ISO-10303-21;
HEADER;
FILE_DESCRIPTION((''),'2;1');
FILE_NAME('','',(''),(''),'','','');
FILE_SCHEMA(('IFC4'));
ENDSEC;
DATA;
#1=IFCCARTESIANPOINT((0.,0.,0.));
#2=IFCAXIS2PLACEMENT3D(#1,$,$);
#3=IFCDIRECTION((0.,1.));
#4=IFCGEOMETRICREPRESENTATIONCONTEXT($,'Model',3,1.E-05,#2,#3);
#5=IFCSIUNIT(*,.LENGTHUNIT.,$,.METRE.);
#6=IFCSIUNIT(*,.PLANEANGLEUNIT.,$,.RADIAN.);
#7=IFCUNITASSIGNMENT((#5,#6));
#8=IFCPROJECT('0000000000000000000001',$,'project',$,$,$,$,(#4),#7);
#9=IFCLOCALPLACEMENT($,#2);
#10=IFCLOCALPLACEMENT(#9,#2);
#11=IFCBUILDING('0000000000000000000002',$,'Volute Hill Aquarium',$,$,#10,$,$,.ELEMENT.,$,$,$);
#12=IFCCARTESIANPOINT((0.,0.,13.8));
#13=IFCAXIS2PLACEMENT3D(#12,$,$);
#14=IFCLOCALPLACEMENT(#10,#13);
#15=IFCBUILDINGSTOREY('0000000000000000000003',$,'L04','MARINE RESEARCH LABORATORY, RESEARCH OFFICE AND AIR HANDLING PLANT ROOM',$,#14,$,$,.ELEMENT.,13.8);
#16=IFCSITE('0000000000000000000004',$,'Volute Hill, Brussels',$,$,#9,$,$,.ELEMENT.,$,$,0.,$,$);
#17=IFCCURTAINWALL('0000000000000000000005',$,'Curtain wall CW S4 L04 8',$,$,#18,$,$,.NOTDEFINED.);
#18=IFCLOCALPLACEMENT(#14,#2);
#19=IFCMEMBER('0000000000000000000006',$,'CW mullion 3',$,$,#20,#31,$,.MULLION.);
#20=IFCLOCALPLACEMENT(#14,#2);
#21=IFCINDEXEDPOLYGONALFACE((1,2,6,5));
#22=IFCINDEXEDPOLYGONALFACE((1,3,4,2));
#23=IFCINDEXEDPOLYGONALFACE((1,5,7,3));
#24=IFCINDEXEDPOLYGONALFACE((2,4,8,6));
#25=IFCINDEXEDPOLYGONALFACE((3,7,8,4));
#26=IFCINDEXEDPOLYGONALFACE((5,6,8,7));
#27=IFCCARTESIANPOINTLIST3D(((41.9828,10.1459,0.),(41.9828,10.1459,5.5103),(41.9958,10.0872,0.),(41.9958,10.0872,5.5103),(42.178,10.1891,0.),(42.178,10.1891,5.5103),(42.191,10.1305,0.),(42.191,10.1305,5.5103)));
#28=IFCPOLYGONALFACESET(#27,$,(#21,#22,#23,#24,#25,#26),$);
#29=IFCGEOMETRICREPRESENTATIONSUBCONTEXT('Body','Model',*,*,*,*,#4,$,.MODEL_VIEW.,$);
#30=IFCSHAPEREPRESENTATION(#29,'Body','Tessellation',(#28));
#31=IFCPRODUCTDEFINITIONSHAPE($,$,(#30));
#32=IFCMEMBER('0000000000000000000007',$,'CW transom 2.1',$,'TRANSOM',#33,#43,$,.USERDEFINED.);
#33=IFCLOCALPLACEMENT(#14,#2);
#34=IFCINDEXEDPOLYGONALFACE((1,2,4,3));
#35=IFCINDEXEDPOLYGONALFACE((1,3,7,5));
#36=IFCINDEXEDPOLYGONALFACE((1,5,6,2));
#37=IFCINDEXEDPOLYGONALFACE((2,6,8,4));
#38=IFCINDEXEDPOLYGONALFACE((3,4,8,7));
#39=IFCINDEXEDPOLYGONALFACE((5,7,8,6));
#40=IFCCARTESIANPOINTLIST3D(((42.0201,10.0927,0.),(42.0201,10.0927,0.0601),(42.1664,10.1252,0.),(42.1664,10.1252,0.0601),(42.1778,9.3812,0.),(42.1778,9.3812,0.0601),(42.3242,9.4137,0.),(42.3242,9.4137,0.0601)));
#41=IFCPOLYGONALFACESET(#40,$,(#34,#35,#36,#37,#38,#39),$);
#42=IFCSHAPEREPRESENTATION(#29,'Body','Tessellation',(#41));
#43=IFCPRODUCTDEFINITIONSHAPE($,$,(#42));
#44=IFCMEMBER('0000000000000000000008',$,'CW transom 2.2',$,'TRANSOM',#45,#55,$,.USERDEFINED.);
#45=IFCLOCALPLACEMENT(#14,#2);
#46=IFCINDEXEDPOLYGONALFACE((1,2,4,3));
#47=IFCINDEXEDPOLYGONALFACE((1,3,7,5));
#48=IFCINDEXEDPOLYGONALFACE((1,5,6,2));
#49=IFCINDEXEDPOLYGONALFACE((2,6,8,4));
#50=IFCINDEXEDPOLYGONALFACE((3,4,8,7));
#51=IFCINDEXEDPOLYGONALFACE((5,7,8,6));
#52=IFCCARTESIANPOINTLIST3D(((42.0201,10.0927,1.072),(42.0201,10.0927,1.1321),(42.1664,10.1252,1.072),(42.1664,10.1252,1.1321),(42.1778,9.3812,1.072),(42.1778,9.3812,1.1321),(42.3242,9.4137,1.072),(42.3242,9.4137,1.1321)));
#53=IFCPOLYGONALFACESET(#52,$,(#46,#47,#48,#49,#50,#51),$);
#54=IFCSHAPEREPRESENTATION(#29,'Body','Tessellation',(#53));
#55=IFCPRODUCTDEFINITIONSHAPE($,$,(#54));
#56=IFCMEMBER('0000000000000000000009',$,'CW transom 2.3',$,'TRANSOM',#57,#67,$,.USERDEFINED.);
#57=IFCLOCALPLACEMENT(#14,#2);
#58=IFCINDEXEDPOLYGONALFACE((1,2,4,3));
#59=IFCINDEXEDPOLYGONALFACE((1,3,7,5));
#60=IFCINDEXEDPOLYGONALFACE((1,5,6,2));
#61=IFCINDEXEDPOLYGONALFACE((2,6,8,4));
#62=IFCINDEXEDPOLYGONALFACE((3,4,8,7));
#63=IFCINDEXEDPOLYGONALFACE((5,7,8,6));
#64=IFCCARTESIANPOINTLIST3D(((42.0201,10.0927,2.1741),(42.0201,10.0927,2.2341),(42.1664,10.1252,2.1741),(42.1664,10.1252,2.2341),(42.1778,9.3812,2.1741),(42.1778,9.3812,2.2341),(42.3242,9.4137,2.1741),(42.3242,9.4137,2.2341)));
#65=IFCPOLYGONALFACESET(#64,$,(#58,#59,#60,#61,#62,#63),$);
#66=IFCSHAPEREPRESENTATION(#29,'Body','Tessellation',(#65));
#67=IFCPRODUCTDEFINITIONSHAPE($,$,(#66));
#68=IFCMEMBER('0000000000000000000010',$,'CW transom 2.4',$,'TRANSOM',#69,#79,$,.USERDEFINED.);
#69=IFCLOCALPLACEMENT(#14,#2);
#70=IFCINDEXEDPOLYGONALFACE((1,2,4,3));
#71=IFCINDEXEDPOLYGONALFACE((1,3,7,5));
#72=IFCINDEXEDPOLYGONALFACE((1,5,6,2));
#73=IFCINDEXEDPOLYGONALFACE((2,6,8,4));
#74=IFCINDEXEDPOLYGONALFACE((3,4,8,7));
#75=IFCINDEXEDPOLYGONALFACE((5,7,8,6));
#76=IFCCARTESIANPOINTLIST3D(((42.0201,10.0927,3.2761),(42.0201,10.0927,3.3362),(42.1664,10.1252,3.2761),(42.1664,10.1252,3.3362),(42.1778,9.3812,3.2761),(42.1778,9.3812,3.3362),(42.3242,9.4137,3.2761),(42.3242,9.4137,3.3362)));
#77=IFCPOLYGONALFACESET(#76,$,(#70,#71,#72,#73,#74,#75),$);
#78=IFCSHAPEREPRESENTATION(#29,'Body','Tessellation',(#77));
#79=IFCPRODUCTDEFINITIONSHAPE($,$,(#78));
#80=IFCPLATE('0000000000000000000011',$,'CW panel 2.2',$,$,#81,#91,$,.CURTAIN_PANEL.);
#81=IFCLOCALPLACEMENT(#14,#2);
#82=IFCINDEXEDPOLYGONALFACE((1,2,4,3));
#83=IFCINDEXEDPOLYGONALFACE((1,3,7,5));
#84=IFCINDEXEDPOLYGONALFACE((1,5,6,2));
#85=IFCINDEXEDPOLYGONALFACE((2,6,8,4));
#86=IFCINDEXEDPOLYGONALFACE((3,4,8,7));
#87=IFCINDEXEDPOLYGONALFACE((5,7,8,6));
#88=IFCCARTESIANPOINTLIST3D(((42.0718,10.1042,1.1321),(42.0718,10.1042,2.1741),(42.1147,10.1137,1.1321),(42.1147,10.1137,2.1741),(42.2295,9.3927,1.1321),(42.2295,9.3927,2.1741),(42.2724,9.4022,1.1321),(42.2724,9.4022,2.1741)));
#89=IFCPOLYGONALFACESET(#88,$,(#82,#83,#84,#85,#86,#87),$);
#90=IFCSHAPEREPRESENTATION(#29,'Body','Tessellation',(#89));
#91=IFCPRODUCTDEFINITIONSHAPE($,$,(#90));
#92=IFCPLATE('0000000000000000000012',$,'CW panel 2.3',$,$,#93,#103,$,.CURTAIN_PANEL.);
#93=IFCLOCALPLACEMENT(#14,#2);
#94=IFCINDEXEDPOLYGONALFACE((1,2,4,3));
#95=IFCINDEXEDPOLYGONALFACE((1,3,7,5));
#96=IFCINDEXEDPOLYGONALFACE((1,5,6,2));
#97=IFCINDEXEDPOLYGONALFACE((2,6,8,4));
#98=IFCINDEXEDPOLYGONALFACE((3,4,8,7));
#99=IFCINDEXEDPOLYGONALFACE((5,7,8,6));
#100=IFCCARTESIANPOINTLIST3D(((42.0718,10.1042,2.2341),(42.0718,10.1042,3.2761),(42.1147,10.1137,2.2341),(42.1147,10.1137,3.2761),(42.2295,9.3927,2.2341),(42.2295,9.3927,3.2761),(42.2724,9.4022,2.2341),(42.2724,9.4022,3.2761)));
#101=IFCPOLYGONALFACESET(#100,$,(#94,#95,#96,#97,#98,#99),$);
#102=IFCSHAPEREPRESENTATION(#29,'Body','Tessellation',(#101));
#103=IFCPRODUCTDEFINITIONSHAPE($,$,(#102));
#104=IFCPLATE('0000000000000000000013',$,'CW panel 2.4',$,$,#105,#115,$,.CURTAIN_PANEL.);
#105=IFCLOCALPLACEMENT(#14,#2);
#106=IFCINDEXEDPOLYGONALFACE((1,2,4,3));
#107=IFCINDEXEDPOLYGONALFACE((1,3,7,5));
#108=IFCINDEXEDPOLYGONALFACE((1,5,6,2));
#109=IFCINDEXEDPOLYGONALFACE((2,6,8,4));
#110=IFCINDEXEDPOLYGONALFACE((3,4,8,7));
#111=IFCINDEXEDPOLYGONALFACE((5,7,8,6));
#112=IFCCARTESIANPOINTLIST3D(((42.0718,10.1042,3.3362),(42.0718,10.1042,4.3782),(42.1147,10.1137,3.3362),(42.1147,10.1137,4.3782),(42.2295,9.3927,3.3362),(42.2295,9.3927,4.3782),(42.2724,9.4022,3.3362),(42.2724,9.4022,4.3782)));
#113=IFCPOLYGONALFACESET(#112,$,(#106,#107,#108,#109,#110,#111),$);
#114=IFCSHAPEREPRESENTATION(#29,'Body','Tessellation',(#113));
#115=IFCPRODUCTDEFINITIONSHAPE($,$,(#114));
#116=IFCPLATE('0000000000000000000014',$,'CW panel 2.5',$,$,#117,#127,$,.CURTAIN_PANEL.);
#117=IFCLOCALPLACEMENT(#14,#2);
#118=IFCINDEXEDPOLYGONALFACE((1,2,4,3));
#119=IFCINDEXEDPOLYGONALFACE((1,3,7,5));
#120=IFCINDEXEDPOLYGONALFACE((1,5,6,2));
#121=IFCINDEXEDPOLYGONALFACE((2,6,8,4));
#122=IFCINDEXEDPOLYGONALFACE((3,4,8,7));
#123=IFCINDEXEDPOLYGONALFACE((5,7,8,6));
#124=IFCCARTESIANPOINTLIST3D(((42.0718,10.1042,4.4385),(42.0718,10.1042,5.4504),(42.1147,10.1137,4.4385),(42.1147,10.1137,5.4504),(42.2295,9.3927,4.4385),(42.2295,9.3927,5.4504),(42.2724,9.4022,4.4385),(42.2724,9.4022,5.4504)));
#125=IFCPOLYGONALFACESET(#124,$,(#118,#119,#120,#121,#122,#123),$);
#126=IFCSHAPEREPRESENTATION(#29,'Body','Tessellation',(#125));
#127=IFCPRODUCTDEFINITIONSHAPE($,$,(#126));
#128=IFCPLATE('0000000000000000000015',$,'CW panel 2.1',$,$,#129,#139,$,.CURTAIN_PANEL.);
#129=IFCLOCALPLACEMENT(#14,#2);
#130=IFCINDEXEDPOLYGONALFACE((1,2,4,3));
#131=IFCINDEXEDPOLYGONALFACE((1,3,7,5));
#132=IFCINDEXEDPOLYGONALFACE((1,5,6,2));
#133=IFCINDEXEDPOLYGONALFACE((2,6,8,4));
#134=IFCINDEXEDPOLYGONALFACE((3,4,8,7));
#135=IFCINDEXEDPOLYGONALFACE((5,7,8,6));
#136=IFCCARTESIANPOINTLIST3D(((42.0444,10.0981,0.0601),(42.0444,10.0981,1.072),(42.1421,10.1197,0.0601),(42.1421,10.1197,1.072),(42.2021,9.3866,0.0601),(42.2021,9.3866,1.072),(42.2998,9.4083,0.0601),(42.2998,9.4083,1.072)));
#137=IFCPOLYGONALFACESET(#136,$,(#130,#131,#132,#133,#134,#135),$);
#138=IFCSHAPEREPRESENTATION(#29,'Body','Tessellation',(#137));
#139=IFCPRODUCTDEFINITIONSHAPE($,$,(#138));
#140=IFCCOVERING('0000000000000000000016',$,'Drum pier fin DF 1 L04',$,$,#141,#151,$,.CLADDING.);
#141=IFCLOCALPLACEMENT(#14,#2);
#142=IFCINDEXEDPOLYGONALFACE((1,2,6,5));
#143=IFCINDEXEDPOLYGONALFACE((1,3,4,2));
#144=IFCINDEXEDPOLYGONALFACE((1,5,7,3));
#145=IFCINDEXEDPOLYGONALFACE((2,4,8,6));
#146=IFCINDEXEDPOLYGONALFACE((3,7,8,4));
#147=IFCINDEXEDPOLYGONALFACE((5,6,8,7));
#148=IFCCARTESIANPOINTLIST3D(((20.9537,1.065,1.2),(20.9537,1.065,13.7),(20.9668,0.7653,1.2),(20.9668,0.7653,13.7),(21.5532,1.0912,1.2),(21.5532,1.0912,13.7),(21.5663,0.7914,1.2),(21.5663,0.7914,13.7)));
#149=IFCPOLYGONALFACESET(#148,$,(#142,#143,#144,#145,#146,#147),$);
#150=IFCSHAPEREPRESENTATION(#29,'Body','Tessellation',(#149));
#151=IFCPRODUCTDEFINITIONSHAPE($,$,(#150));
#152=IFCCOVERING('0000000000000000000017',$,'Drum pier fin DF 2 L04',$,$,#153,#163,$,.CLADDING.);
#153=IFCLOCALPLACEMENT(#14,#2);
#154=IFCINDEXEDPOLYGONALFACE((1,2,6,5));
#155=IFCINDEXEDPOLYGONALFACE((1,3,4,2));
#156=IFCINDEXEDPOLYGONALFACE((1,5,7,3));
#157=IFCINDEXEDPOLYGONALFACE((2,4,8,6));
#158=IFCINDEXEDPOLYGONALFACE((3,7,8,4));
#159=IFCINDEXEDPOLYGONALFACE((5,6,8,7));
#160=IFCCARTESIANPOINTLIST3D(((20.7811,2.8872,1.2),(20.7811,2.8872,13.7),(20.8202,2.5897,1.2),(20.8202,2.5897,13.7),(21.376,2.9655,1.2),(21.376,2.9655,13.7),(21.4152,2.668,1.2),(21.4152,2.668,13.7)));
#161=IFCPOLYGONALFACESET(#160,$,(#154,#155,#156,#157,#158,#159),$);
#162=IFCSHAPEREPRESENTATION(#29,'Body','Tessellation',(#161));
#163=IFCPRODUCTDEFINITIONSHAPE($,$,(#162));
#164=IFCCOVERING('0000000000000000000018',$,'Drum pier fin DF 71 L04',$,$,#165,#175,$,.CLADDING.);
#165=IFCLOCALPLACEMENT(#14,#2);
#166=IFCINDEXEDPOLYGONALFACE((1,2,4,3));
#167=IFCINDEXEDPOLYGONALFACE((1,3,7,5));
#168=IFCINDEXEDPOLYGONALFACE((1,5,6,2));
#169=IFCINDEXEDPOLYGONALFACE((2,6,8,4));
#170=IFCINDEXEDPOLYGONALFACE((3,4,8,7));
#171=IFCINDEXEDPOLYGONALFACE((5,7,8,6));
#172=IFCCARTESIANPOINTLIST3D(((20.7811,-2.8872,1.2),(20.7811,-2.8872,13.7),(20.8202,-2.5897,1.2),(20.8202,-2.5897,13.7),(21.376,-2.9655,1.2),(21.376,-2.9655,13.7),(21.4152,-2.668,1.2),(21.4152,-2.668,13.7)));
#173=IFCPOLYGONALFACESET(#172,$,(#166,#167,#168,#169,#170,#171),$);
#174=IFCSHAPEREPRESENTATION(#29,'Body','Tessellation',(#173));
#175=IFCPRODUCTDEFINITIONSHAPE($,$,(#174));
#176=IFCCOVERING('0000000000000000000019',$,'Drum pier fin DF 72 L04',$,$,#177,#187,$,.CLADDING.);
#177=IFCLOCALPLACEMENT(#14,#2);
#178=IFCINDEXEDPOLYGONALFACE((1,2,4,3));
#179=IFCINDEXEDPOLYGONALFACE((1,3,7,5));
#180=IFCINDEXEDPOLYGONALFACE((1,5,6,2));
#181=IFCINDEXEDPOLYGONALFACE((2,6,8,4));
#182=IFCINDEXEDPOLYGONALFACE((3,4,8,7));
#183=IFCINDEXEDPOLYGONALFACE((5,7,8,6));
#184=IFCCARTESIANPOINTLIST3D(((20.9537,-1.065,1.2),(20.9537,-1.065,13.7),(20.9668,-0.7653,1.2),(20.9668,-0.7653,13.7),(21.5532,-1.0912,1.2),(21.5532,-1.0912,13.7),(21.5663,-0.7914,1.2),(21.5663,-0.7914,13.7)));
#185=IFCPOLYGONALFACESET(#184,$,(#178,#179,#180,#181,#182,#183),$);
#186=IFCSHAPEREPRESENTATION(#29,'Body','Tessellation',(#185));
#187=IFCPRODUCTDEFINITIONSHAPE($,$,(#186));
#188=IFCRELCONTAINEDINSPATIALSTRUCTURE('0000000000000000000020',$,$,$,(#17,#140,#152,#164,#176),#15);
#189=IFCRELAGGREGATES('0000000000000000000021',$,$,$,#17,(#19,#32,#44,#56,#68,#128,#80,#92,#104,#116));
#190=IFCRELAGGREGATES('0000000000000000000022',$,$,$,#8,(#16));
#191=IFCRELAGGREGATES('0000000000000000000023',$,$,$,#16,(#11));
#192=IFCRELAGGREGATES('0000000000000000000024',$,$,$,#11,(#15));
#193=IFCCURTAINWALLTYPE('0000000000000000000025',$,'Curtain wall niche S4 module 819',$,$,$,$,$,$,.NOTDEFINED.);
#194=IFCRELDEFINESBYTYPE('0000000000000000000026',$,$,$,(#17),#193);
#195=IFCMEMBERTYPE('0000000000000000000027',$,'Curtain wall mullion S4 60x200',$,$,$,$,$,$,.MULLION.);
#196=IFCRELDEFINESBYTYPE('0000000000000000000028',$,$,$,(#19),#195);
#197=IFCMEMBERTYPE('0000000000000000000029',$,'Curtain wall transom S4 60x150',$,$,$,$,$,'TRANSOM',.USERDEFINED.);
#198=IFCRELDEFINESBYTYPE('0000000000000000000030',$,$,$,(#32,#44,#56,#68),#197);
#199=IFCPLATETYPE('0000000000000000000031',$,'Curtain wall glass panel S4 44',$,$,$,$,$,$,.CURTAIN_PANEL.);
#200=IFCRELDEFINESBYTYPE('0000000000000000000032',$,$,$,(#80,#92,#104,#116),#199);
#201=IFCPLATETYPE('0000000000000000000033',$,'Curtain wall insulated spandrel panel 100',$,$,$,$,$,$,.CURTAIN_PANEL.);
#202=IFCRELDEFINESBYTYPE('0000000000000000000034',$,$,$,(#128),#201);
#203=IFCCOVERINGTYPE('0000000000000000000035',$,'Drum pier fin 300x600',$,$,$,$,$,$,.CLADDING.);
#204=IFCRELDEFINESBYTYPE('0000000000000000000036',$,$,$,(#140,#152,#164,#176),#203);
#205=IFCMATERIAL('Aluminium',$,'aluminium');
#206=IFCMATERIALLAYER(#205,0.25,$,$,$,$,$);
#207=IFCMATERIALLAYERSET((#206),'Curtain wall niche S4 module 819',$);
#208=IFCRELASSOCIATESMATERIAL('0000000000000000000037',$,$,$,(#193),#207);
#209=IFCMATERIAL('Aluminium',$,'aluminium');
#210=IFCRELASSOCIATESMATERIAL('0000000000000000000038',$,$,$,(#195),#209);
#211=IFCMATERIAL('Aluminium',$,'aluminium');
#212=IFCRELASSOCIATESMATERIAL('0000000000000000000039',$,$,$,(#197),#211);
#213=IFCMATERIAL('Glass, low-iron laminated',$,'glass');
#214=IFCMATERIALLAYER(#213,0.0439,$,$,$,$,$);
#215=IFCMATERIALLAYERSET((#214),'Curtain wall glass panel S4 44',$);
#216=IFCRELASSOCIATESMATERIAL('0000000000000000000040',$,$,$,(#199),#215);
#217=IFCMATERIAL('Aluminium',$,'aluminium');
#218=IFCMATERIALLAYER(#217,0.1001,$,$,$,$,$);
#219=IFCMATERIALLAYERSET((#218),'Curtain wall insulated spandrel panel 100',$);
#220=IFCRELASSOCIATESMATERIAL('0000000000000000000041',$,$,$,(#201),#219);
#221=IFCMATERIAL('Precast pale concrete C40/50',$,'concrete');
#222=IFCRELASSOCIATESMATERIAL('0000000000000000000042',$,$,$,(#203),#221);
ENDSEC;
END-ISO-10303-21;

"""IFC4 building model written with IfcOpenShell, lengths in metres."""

from ifc_helpers import new_model, si_unit, direction, frame, origin, origin_2d, place, context, subcontext, project, spatial, rectangle, extrude, material, layer, layer_set, material_profile, profile_set, type_object, element, aggregate, save


model = new_model("IFC4")

# Units and contexts
model_context = context("Model", 3, precision=1e-05, world=origin(), true_north=direction((0.0, 1.0)))
body_context = subcontext(model_context, "Body", "Model", "MODEL_VIEW")
ifc_project = project(units=[si_unit("LENGTHUNIT", "METRE"), si_unit("PLANEANGLEUNIT", "RADIAN")], contexts=[model_context])

# Site, building, storey
site_placement = place(None, origin())
site = spatial("IfcSite", under=ifc_project, at=site_placement, Name="Volute Hill, Brussels", CompositionType="ELEMENT", RefElevation=0.0)
building_placement = place(site_placement, origin())
building = spatial("IfcBuilding", under=site, at=building_placement, Name="Volute Hill Aquarium", CompositionType="ELEMENT")
storey_placement = place(building_placement, frame((0.0, 0.0, 13.8)))
storey = spatial("IfcBuildingStorey", under=building, at=storey_placement, Name="L04", Description="MARINE RESEARCH LABORATORY, RESEARCH OFFICE AND AIR HANDLING PLANT ROOM", CompositionType="ELEMENT", Elevation=13.8)

# Curtain wall, members, plates
ifc_material_1 = material(Name="Aluminium", Category="aluminium")
ifc_layer_1 = layer(ifc_material_1, 0.25)
ifc_layer_set_1 = layer_set([ifc_layer_1], Name="Curtain wall niche S4 module 819")
curtain_wall_type = type_object("IfcCurtainWallType", Name="Curtain wall niche S4 module 819", PredefinedType="NOTDEFINED", material=ifc_layer_set_1)
curtain_wall_placement = place(storey_placement, origin())
curtain_wall = element("IfcCurtainWall", 1, at=curtain_wall_placement, inside=storey, type_object=curtain_wall_type, Name="Curtain wall CW S4 L04 8", PredefinedType="NOTDEFINED")
ifc_material_2 = material(Name="Aluminium", Category="aluminium")
ifc_material_profile_1 = material_profile(ifc_material_2, rectangle(XDim=0.2, YDim=0.0601, at=origin_2d()), Name="Curtain wall mullion S4 60x200")
ifc_profile_set_1 = profile_set([ifc_material_profile_1], Name="Aluminium")
member_type_1 = type_object("IfcMemberType", Name="Curtain wall mullion S4 60x200", PredefinedType="MULLION", material=ifc_profile_set_1)
member_1_placement = place(storey_placement, frame((42.0869, 10.1382, 0.0), z_axis=(0.0, 0.0, 1.0), x_axis=(-0.976297, -0.216436, 0.0)))
member_1 = element("IfcMember", 2, at=member_1_placement, type_object=member_type_1, Name="CW mullion 3", PredefinedType="MULLION", context=body_context, shape_type="SweptSolid", body=[
    extrude(rectangle(XDim=0.2, YDim=0.0601, at=origin_2d()), origin(), (0.0, 0.0, 1.0), 5.5103),
])
ifc_material_3 = material(Name="Aluminium", Category="aluminium")
ifc_material_profile_2 = material_profile(ifc_material_3, rectangle(XDim=0.1499, YDim=0.0601, at=origin_2d()), Name="Curtain wall transom S4 60x150")
ifc_profile_set_2 = profile_set([ifc_material_profile_2], Name="Aluminium")
member_type_2 = type_object("IfcMemberType", Name="Curtain wall transom S4 60x150", ElementType="TRANSOM", PredefinedType="USERDEFINED", material=ifc_profile_set_2)
member_2_placement = place(storey_placement, frame((42.251, 9.3975, 0.03), z_axis=(-0.216434, 0.976297, 0.0), x_axis=(-0.976297, -0.216434, 0.0)))
member_2 = element("IfcMember", 3, at=member_2_placement, type_object=member_type_2, Name="CW transom 2.1", ObjectType="TRANSOM", PredefinedType="USERDEFINED", context=body_context, shape_type="SweptSolid", body=[
    extrude(rectangle(XDim=0.1499, YDim=0.0601, at=origin_2d()), origin(), (0.0, 0.0, 1.0), 0.7288),
])
member_3_placement = place(storey_placement, frame((42.251, 9.3975, 1.1021), z_axis=(-0.216434, 0.976297, 0.0), x_axis=(-0.976297, -0.216434, 0.0)))
member_3 = element("IfcMember", 4, at=member_3_placement, type_object=member_type_2, Name="CW transom 2.2", ObjectType="TRANSOM", PredefinedType="USERDEFINED", context=body_context, shape_type="SweptSolid", body=[
    extrude(rectangle(XDim=0.1499, YDim=0.0601, at=origin_2d()), origin(), (0.0, 0.0, 1.0), 0.7288),
])
member_4_placement = place(storey_placement, frame((42.251, 9.3975, 2.2041), z_axis=(-0.216434, 0.976297, 0.0), x_axis=(-0.976297, -0.216434, 0.0)))
member_4 = element("IfcMember", 5, at=member_4_placement, type_object=member_type_2, Name="CW transom 2.3", ObjectType="TRANSOM", PredefinedType="USERDEFINED", context=body_context, shape_type="SweptSolid", body=[
    extrude(rectangle(XDim=0.1499, YDim=0.0601, at=origin_2d()), origin(), (0.0, 0.0, 1.0), 0.7288),
])
member_5_placement = place(storey_placement, frame((42.251, 9.3975, 3.3062), z_axis=(-0.216434, 0.976297, 0.0), x_axis=(-0.976297, -0.216434, 0.0)))
member_5 = element("IfcMember", 6, at=member_5_placement, type_object=member_type_2, Name="CW transom 2.4", ObjectType="TRANSOM", PredefinedType="USERDEFINED", context=body_context, shape_type="SweptSolid", body=[
    extrude(rectangle(XDim=0.1499, YDim=0.0601, at=origin_2d()), origin(), (0.0, 0.0, 1.0), 0.7288),
])
ifc_material_4 = material(Name="Glass, low-iron laminated", Category="glass")
ifc_layer_2 = layer(ifc_material_4, 0.0439)
ifc_layer_set_2 = layer_set([ifc_layer_2], Name="Curtain wall glass panel S4 44")
plate_type_1 = type_object("IfcPlateType", Name="Curtain wall glass panel S4 44", PredefinedType="CURTAIN_PANEL", material=ifc_layer_set_2)
plate_1_placement = place(storey_placement, frame((42.1721, 9.7532, 1.1321), z_axis=(0.0, 0.0, 1.0), x_axis=(-0.216436, 0.976297, 0.0)))
plate_1 = element("IfcPlate", 7, at=plate_1_placement, type_object=plate_type_1, Name="CW panel 2.2", PredefinedType="CURTAIN_PANEL", context=body_context, shape_type="SweptSolid", body=[
    extrude(rectangle(XDim=0.7288, YDim=0.0439, at=origin_2d()), origin(), (0.0, 0.0, 1.0), 1.042),
])
plate_2_placement = place(storey_placement, frame((42.1721, 9.7532, 2.2341), z_axis=(0.0, 0.0, 1.0), x_axis=(-0.216436, 0.976297, 0.0)))
plate_2 = element("IfcPlate", 8, at=plate_2_placement, type_object=plate_type_1, Name="CW panel 2.3", PredefinedType="CURTAIN_PANEL", context=body_context, shape_type="SweptSolid", body=[
    extrude(rectangle(XDim=0.7288, YDim=0.0439, at=origin_2d()), origin(), (0.0, 0.0, 1.0), 1.042),
])
plate_3_placement = place(storey_placement, frame((42.1721, 9.7532, 3.3362), z_axis=(0.0, 0.0, 1.0), x_axis=(-0.216436, 0.976297, 0.0)))
plate_3 = element("IfcPlate", 9, at=plate_3_placement, type_object=plate_type_1, Name="CW panel 2.4", PredefinedType="CURTAIN_PANEL", context=body_context, shape_type="SweptSolid", body=[
    extrude(rectangle(XDim=0.7288, YDim=0.0439, at=origin_2d()), origin(), (0.0, 0.0, 1.0), 1.042),
])
plate_4_placement = place(storey_placement, frame((42.1721, 9.7532, 4.4385), z_axis=(0.0, 0.0, 1.0), x_axis=(-0.216436, 0.976297, 0.0)))
plate_4 = element("IfcPlate", 10, at=plate_4_placement, type_object=plate_type_1, Name="CW panel 2.5", PredefinedType="CURTAIN_PANEL", context=body_context, shape_type="SweptSolid", body=[
    extrude(rectangle(XDim=0.7288, YDim=0.0439, at=origin_2d()), origin(), (0.0, 0.0, 1.0), 1.012),
])
ifc_material_5 = material(Name="Aluminium", Category="aluminium")
ifc_layer_3 = layer(ifc_material_5, 0.1001)
ifc_layer_set_3 = layer_set([ifc_layer_3], Name="Curtain wall insulated spandrel panel 100")
plate_type_2 = type_object("IfcPlateType", Name="Curtain wall insulated spandrel panel 100", PredefinedType="CURTAIN_PANEL", material=ifc_layer_set_3)
plate_5_placement = place(storey_placement, frame((42.1721, 9.7532, 0.0601), z_axis=(0.0, 0.0, 1.0), x_axis=(-0.216436, 0.976297, 0.0)))
plate_5 = element("IfcPlate", 11, at=plate_5_placement, type_object=plate_type_2, Name="CW panel 2.1", PredefinedType="CURTAIN_PANEL", context=body_context, shape_type="SweptSolid", body=[
    extrude(rectangle(XDim=0.7288, YDim=0.1001, at=origin_2d()), origin(), (0.0, 0.0, 1.0), 1.012),
])
aggregate(curtain_wall, [member_1, member_2, member_3, member_4, member_5, plate_5, plate_1, plate_2, plate_3, plate_4])

# Coverings
ifc_material_6 = material(Name="Precast pale concrete C40/50", Category="concrete")
covering_type_1 = type_object("IfcCoveringType", Name="Drum pier fin 300x600", PredefinedType="CLADDING", material=ifc_material_6)
for number, where, z_axis, x_axis, name in (
    (12, (21.26, 0.9282, 1.2), (0.0, 0.0, 1.0), (-0.043619, 0.999048, 0.0), "Drum pier fin DF 1 L04"),
    (13, (21.0981, 2.7776, 1.2), (0.0, 0.0, 1.0), (-0.130526, 0.991445, 0.0), "Drum pier fin DF 2 L04"),
    (14, (21.0981, -2.7776, 1.2), (0.0, 0.0, 1.0), (0.130526, 0.991445, 0.0), "Drum pier fin DF 71 L04"),
    (15, (21.26, -0.9282, 1.2), (0.0, 0.0, 1.0), (0.043619, 0.999048, 0.0), "Drum pier fin DF 72 L04"),
):
    element("IfcCovering", number, at=place(storey_placement, frame(where, z_axis=z_axis, x_axis=x_axis)), inside=storey, type_object=covering_type_1, Name=name, PredefinedType="CLADDING", context=body_context, shape_type="SweptSolid", body=[
        extrude(rectangle(XDim=0.3, YDim=0.6001, at=origin_2d()), origin(), (0.0, 0.0, 1.0), 12.5),
    ])

save(model, "model.ifc")
